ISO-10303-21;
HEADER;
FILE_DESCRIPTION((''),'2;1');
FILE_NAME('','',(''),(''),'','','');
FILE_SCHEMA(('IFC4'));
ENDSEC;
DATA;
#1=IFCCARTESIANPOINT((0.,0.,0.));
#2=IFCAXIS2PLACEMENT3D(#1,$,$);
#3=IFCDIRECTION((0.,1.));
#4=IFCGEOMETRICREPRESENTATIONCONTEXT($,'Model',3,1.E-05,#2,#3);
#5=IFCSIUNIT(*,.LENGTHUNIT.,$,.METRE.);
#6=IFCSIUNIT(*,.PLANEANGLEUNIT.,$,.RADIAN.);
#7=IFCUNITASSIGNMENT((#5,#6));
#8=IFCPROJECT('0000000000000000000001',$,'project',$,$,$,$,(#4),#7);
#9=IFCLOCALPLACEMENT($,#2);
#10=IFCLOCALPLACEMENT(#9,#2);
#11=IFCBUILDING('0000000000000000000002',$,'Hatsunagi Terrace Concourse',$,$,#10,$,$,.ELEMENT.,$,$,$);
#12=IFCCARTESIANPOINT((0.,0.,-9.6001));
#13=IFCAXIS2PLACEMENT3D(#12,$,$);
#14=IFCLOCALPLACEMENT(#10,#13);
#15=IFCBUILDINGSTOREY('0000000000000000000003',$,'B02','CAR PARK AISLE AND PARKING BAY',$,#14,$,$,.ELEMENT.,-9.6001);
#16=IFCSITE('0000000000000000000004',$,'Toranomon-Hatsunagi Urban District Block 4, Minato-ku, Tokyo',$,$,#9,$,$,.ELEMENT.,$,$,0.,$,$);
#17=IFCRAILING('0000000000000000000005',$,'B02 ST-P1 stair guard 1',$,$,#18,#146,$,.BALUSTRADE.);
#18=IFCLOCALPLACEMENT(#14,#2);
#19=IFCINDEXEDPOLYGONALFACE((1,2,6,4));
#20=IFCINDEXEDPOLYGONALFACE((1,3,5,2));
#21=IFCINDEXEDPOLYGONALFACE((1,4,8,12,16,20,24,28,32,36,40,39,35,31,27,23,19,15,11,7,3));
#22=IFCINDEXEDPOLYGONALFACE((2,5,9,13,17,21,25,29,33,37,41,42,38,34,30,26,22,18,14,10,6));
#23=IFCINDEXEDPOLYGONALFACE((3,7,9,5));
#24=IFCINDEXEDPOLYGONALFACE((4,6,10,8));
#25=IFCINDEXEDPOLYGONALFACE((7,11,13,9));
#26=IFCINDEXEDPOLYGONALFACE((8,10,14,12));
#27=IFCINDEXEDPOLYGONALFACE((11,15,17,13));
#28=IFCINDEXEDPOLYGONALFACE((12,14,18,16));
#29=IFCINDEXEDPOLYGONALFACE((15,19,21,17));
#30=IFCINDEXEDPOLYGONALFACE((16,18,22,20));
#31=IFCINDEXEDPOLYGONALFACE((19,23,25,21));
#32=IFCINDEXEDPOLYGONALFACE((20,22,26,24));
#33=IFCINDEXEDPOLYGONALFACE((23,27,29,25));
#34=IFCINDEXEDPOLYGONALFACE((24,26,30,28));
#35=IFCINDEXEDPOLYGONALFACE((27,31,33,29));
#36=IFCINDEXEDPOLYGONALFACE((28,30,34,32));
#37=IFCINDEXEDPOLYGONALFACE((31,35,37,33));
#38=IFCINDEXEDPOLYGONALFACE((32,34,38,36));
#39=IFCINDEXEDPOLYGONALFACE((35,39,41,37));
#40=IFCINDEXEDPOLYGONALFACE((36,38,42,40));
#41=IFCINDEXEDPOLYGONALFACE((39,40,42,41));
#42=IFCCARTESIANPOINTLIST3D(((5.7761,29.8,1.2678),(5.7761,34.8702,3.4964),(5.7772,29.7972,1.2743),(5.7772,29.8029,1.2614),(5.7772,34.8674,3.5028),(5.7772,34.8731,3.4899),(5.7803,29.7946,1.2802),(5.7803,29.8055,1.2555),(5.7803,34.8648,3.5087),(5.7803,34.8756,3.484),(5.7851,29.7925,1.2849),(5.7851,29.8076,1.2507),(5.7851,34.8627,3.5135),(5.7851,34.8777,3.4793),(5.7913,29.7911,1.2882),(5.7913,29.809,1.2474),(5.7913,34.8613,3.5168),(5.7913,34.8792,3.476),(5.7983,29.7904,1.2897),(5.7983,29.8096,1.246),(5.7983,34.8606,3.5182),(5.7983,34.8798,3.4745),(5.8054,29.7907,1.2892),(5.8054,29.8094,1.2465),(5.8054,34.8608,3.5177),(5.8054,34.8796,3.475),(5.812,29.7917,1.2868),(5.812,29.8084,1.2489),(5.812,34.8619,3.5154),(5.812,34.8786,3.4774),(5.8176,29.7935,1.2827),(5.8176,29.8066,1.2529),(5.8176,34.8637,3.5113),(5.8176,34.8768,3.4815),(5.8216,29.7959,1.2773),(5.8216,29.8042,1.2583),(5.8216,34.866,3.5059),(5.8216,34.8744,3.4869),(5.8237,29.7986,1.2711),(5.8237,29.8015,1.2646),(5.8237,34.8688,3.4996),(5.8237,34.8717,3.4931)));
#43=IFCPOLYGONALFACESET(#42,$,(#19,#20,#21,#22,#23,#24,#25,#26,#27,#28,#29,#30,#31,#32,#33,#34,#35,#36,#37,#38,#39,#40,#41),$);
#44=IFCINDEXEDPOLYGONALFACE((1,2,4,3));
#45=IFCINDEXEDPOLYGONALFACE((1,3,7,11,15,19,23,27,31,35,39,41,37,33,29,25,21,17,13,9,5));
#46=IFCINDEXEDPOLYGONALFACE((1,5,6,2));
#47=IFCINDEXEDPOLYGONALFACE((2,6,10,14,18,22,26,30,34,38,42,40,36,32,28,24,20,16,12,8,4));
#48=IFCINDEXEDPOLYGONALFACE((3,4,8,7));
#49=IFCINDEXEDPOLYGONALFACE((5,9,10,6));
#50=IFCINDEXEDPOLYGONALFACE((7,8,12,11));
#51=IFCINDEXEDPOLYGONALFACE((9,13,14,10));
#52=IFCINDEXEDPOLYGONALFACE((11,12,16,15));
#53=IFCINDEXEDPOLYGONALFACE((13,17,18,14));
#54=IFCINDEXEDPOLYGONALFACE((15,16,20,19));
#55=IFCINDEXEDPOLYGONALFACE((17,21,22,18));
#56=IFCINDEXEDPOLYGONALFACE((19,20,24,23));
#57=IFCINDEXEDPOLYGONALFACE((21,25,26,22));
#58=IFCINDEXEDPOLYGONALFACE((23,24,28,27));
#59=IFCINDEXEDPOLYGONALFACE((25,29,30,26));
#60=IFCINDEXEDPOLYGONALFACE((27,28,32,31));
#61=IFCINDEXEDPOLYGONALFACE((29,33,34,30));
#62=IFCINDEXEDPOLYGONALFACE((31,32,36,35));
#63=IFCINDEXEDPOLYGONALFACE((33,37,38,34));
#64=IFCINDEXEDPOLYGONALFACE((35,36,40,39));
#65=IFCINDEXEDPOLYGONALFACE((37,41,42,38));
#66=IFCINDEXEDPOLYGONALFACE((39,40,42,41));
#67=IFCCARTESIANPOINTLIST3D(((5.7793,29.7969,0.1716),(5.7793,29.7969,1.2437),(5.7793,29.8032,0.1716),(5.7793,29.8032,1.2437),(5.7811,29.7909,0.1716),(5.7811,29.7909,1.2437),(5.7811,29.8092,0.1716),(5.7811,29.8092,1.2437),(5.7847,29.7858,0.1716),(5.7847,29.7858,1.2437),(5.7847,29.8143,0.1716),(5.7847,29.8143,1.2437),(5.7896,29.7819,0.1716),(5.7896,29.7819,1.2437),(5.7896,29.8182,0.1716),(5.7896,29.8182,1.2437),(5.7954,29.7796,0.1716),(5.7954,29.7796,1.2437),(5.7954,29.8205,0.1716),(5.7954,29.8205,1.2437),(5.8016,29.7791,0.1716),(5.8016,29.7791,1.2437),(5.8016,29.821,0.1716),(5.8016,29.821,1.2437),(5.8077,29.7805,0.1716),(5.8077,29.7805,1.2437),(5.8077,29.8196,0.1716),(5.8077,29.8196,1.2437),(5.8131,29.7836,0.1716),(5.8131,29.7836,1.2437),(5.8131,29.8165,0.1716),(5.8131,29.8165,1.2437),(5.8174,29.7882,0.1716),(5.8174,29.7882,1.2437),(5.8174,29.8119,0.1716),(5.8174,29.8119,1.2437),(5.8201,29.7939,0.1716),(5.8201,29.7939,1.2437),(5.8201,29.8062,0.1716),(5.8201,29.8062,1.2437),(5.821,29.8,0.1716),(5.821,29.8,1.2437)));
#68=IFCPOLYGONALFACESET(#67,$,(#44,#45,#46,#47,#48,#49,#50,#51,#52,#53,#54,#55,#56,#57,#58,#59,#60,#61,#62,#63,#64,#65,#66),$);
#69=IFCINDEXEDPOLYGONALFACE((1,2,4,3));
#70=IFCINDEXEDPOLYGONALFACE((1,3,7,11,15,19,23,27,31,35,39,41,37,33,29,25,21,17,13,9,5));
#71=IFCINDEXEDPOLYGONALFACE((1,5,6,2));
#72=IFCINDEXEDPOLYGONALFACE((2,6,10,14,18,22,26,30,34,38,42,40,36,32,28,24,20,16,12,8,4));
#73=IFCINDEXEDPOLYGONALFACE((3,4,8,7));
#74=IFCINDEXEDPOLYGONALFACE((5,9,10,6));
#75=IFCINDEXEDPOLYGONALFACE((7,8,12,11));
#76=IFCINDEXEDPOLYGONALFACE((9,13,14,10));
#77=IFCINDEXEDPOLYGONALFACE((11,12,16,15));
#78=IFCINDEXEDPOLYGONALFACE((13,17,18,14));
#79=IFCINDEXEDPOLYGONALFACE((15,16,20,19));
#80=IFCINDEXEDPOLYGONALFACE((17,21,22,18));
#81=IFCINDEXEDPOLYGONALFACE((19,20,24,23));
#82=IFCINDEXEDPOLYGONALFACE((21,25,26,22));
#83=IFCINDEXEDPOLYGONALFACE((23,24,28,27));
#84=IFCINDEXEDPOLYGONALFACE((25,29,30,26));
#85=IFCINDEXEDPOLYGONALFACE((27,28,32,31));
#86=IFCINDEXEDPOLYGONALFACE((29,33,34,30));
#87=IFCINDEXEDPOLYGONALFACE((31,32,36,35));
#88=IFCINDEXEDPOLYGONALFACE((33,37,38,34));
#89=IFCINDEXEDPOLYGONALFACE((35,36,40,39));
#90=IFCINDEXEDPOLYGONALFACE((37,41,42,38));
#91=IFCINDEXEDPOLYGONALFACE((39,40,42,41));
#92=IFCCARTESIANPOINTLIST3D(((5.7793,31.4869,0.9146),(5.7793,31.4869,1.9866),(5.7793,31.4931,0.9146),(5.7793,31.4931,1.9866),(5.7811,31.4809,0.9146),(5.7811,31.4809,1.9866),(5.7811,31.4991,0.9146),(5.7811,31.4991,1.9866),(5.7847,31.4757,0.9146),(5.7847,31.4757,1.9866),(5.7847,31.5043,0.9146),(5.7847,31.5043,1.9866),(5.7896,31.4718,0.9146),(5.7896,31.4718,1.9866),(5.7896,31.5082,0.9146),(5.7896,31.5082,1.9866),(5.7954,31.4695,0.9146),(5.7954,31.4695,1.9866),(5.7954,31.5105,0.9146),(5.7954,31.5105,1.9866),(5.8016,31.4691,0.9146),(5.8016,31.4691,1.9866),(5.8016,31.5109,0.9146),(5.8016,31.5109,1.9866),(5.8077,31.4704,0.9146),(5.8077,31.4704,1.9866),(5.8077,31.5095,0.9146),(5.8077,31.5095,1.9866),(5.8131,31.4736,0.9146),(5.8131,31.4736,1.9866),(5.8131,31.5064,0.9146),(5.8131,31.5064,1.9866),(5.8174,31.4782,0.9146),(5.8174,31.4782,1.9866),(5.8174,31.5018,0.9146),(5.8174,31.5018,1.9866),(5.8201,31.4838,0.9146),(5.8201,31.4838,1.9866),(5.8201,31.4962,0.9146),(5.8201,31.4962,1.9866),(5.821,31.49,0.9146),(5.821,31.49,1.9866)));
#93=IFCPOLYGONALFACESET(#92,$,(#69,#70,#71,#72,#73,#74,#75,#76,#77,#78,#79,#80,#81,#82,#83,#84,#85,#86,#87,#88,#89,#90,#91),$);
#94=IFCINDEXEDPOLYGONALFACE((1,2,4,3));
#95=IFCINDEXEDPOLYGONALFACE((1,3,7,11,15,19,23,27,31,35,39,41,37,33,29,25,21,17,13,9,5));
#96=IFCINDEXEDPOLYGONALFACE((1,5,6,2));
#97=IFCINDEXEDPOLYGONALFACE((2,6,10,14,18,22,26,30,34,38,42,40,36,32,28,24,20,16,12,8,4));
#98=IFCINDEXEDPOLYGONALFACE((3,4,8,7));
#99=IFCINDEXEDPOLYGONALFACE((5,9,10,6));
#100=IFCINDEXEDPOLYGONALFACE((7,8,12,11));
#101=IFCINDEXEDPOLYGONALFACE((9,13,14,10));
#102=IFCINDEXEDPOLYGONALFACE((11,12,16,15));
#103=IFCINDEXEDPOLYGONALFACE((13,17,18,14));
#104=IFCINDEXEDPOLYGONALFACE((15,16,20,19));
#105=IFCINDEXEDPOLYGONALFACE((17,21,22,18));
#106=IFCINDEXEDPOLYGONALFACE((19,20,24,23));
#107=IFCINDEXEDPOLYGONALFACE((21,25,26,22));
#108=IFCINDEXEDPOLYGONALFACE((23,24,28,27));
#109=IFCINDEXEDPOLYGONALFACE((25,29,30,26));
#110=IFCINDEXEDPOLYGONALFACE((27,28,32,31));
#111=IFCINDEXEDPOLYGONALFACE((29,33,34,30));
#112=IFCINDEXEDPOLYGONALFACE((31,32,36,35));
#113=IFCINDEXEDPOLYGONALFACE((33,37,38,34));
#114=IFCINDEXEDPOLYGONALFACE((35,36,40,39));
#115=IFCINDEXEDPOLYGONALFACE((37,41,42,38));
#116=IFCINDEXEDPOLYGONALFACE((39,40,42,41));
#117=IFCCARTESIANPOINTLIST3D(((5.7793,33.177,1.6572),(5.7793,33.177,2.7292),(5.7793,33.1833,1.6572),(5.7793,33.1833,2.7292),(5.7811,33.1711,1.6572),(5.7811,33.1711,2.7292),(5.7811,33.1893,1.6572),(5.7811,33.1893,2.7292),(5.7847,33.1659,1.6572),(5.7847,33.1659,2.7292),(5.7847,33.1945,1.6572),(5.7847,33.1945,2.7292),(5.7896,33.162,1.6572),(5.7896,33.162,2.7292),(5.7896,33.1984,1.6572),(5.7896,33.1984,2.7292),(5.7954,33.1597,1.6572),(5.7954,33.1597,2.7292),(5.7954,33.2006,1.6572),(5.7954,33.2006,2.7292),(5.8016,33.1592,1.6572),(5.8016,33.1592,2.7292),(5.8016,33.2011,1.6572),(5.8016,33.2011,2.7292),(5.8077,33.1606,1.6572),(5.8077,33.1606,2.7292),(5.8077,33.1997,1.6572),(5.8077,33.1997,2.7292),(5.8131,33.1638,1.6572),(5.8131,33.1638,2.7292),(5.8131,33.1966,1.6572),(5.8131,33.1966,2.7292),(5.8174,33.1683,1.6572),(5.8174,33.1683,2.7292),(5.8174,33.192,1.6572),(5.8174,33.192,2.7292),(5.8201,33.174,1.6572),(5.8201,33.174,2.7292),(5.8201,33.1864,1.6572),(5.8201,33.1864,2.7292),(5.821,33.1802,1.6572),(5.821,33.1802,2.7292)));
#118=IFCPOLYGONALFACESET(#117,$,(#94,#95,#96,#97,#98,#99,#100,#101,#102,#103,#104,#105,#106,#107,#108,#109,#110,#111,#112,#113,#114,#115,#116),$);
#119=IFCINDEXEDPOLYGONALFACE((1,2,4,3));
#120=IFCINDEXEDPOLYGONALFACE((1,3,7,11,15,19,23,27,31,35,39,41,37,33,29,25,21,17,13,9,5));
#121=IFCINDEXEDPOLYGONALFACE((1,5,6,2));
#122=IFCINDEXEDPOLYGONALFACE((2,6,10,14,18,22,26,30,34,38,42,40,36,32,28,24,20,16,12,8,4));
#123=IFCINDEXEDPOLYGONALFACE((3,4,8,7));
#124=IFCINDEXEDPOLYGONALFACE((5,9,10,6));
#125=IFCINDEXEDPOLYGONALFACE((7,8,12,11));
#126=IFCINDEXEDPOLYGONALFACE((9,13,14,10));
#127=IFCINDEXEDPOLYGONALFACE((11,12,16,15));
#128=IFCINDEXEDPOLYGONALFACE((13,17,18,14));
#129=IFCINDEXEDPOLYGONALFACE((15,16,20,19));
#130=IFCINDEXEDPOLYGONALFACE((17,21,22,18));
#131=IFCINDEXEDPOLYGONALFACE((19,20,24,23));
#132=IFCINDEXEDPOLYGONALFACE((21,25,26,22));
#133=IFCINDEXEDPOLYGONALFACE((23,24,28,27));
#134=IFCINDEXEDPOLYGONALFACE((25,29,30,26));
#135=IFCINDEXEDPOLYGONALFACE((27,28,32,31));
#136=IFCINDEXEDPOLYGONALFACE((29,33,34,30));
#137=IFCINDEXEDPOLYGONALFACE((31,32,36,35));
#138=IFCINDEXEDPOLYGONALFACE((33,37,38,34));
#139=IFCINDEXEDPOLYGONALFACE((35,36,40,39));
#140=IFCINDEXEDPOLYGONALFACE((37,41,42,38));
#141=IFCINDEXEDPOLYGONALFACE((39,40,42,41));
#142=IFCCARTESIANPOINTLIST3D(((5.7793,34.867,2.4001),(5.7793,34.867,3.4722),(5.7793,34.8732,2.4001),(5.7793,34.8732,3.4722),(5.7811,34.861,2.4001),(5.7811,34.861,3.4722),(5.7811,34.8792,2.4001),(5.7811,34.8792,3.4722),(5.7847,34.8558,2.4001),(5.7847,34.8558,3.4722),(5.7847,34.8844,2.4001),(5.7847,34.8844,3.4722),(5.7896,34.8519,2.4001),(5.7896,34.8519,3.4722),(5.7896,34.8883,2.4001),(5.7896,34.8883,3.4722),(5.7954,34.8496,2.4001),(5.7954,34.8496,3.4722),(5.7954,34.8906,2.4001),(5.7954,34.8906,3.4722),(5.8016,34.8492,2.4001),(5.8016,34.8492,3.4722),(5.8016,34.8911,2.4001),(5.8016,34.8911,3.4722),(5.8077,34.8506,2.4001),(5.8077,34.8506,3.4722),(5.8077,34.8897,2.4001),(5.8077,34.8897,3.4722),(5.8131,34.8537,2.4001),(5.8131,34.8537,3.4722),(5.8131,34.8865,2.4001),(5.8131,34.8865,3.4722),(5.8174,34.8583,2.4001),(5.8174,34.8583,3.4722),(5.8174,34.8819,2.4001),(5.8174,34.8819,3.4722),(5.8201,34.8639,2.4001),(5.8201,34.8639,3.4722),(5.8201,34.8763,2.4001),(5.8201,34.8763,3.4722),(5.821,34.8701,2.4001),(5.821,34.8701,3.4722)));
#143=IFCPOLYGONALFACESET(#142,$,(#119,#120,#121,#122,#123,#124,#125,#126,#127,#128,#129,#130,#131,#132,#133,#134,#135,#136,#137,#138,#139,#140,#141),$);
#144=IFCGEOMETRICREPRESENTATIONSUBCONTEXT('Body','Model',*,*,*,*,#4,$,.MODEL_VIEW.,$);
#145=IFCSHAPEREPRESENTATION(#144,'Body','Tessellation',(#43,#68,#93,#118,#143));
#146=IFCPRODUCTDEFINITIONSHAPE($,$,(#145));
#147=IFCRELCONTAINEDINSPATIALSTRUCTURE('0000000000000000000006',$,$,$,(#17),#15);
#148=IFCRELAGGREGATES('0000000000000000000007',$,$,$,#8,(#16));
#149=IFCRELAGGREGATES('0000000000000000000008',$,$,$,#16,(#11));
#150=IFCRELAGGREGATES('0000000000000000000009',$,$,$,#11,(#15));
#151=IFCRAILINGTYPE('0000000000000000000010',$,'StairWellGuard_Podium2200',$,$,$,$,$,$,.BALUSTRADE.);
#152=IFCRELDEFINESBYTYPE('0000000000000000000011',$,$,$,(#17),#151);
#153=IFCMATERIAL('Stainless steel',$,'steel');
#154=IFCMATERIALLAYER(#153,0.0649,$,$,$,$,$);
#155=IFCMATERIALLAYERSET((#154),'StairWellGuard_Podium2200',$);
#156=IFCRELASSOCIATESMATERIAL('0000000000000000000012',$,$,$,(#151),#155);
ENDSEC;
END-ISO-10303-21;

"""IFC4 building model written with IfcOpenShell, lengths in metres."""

from ifc_helpers import new_model, si_unit, direction, frame, origin, origin_2d, place, context, subcontext, project, spatial, circle, extrude, material, layer, layer_set, type_object, element, save


model = new_model("IFC4")

# Units and contexts
model_context = context("Model", 3, precision=1e-05, world=origin(), true_north=direction((0.0, 1.0)))
body_context = subcontext(model_context, "Body", "Model", "MODEL_VIEW")
ifc_project = project(units=[si_unit("LENGTHUNIT", "METRE"), si_unit("PLANEANGLEUNIT", "RADIAN")], contexts=[model_context])

# Site, building, storey
site_placement = place(None, origin())
site = spatial("IfcSite", under=ifc_project, at=site_placement, Name="Toranomon-Hatsunagi Urban District Block 4, Minato-ku, Tokyo", CompositionType="ELEMENT", RefElevation=0.0)
building_placement = place(site_placement, origin())
building = spatial("IfcBuilding", under=site, at=building_placement, Name="Hatsunagi Terrace Concourse", CompositionType="ELEMENT")
storey_placement = place(building_placement, frame((0.0, 0.0, -9.6001)))
storey = spatial("IfcBuildingStorey", under=building, at=storey_placement, Name="B02", Description="CAR PARK AISLE AND PARKING BAY", CompositionType="ELEMENT", Elevation=-9.6001)

# Railing
ifc_material_1 = material(Name="Stainless steel", Category="steel")
ifc_layer_1 = layer(ifc_material_1, 0.0649)
ifc_layer_set_1 = layer_set([ifc_layer_1], Name="StairWellGuard_Podium2200")
railing_type_1 = type_object("IfcRailingType", Name="StairWellGuard_Podium2200", PredefinedType="BALUSTRADE", material=ifc_layer_set_1)
railing_1_placement = place(storey_placement, frame((5.8, 29.8, 0.1716)))
element("IfcRailing", 1, at=railing_1_placement, inside=storey, type_object=railing_type_1, Name="B02 ST-P1 stair guard 1", PredefinedType="BALUSTRADE", context=body_context, shape_type="SweptSolid", body=[
    extrude(circle(Radius=0.0239, at=origin_2d()), frame((0.0, 0.0, 1.0962), z_axis=(0.0, 0.915469, 0.402388), x_axis=(-1.0, 0.0, 0.0)), (0.0, 0.0, 1.0), 5.5383),
    extrude(circle(Radius=0.021, at=origin_2d()), origin(), (0.0, 0.0, 1.0), 1.072),
    extrude(circle(Radius=0.021, at=origin_2d()), frame((0.0, 1.6899, 0.7429)), (0.0, 0.0, 1.0), 1.072),
    extrude(circle(Radius=0.021, at=origin_2d()), frame((0.0, 3.3801, 1.4856)), (0.0, 0.0, 1.0), 1.072),
    extrude(circle(Radius=0.021, at=origin_2d()), frame((0.0, 5.0701, 2.2285)), (0.0, 0.0, 1.0), 1.072),
])

save(model, "model.ifc")
